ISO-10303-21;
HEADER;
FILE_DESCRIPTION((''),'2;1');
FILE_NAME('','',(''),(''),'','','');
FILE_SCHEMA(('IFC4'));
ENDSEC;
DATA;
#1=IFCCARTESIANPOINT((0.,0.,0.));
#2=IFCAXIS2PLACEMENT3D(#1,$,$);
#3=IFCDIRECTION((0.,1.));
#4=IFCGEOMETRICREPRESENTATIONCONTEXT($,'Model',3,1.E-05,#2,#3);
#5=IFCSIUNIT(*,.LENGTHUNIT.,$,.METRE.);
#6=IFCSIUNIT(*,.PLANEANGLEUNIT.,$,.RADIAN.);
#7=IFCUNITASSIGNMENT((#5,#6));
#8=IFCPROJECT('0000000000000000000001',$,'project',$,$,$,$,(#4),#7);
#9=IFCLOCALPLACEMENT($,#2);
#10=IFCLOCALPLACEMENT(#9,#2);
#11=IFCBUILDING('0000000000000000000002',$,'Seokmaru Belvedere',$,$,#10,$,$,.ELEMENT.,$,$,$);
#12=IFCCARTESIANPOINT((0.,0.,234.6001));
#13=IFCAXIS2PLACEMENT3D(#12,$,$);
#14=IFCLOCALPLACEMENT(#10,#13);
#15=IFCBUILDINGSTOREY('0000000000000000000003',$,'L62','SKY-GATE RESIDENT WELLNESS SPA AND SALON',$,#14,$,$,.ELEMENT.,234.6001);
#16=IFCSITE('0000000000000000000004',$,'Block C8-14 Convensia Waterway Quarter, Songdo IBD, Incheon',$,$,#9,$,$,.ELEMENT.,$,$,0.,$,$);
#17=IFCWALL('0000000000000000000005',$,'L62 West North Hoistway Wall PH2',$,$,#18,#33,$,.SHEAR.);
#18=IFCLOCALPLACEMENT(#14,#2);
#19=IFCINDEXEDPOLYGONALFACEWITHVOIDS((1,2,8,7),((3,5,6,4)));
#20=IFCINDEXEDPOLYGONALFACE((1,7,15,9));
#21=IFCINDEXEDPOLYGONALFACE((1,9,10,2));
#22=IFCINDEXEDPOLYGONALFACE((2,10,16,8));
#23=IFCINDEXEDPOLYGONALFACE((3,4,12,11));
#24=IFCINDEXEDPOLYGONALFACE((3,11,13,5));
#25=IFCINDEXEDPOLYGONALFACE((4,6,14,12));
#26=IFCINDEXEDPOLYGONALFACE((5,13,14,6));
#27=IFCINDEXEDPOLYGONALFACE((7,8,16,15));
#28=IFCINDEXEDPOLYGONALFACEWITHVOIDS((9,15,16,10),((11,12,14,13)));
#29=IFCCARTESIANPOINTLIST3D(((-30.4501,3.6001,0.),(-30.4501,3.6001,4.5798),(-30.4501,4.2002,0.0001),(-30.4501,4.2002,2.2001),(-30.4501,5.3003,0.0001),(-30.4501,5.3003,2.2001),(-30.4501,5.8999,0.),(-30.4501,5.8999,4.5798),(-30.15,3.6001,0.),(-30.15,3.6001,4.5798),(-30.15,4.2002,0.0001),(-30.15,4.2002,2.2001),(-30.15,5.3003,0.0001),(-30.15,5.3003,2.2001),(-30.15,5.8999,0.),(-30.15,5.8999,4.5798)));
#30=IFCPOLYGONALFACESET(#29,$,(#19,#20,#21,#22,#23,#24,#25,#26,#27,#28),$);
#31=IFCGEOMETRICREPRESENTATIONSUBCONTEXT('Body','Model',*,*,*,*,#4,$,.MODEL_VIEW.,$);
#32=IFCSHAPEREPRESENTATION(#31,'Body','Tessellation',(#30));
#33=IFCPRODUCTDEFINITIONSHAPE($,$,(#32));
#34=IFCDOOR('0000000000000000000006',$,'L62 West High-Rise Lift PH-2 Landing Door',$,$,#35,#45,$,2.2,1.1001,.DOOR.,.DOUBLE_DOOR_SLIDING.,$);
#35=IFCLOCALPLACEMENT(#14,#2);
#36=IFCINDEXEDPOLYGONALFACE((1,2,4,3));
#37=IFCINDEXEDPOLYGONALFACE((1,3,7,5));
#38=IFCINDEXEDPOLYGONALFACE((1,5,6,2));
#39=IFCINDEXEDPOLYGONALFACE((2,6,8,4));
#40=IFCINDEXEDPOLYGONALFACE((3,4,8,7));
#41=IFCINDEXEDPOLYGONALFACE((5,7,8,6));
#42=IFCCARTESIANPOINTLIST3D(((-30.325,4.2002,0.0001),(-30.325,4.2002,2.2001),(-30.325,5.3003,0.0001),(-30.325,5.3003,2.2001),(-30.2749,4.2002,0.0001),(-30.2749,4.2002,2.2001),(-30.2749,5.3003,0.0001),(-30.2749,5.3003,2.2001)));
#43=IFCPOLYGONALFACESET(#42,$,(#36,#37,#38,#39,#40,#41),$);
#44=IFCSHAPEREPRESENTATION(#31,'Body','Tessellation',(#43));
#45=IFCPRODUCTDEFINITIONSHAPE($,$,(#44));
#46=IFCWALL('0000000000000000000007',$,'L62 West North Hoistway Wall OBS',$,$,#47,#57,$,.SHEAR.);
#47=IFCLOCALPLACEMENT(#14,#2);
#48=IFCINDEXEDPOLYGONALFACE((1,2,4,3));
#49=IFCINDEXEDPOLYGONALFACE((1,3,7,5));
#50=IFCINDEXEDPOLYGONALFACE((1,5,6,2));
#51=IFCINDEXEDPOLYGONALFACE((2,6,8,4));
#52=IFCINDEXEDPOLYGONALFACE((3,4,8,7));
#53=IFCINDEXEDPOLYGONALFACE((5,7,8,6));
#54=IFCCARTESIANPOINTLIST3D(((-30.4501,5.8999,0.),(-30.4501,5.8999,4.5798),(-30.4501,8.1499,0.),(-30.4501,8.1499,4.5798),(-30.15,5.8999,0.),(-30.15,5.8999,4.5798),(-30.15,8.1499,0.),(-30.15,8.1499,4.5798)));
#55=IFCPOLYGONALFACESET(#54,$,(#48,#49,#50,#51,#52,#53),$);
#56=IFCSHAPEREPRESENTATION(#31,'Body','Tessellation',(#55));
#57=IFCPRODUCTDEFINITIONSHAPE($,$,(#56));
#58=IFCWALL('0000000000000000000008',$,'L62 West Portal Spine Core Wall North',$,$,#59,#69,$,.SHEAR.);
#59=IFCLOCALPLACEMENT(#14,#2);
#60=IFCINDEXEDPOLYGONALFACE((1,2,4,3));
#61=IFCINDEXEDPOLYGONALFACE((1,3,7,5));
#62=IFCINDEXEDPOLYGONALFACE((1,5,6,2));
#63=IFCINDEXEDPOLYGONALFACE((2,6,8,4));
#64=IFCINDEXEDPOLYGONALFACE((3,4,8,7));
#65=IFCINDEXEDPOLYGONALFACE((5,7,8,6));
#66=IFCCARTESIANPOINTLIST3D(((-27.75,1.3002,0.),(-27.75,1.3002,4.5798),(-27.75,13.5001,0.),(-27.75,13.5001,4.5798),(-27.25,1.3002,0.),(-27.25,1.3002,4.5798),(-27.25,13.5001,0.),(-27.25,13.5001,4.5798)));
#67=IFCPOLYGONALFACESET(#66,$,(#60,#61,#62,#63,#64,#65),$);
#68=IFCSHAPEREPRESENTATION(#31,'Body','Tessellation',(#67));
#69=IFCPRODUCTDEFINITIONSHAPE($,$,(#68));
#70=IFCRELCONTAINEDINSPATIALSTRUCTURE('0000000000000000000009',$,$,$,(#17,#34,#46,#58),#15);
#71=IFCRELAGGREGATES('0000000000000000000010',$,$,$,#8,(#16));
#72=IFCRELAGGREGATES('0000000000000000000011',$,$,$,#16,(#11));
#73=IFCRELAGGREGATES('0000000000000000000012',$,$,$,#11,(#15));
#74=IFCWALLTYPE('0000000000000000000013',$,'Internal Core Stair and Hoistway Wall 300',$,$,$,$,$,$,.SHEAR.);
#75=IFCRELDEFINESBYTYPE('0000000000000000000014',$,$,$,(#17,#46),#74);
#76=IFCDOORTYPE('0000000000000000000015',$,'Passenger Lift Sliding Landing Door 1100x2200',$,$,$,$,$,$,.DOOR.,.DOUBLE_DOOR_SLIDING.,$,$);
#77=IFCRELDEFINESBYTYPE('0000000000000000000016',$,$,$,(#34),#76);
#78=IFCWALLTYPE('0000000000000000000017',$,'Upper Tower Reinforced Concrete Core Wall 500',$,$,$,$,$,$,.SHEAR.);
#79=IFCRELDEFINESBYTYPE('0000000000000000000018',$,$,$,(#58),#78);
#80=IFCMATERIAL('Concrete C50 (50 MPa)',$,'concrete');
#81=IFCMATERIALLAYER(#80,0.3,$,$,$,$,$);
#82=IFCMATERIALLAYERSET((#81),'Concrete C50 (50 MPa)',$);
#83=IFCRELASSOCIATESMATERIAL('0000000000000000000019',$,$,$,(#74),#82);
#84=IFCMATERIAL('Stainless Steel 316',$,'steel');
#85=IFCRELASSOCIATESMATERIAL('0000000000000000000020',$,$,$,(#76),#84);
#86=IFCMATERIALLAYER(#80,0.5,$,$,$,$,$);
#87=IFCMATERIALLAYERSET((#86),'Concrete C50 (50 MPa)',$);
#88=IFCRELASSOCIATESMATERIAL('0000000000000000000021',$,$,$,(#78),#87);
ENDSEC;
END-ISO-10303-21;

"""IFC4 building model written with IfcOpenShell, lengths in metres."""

from ifc_helpers import new_model, si_unit, direction, frame, frame_2d, origin, place, context, subcontext, project, spatial, rectangle, extrude, source, transform, mapped, material, layer, layer_set, type_object, type_shapes, element, fill, save


model = new_model("IFC4")

# Units and contexts
model_context = context("Model", 3, precision=1e-05, world=origin(), true_north=direction((0.0, 1.0)))
body_context = subcontext(model_context, "Body", "Model", "MODEL_VIEW")
ifc_project = project(units=[si_unit("LENGTHUNIT", "METRE"), si_unit("PLANEANGLEUNIT", "RADIAN")], contexts=[model_context])

# Site, building, storey
site_placement = place(None, origin())
site = spatial("IfcSite", under=ifc_project, at=site_placement, Name="Block C8-14 Convensia Waterway Quarter, Songdo IBD, Incheon", CompositionType="ELEMENT", RefElevation=0.0)
building_placement = place(site_placement, origin())
building = spatial("IfcBuilding", under=site, at=building_placement, Name="Seokmaru Belvedere", CompositionType="ELEMENT")
storey_placement = place(building_placement, frame((0.0, 0.0, 234.6001)))
storey = spatial("IfcBuildingStorey", under=building, at=storey_placement, Name="L62", Description="SKY-GATE RESIDENT WELLNESS SPA AND SALON", CompositionType="ELEMENT", Elevation=234.6001)

# Shared definitions
ifc_material_1 = material(Name="Concrete C50 (50 MPa)", Category="concrete")

# Wall, opening, door
ifc_layer_1 = layer(ifc_material_1, 0.3)
ifc_layer_set_1 = layer_set([ifc_layer_1], Name="Concrete C50 (50 MPa)")
wall_type_1 = type_object("IfcWallType", Name="Internal Core Stair and Hoistway Wall 300", PredefinedType="SHEAR", material=ifc_layer_set_1)
ifc_material_2 = material(Name="Stainless Steel 316", Category="steel")
door_type_1 = type_object("IfcDoorType", Name="Passenger Lift Sliding Landing Door 1100x2200", OperationType="DOUBLE_DOOR_SLIDING", PredefinedType="DOOR", material=ifc_material_2)
shared_shape_1 = source(origin(), body_context, "Body", "SweptSolid", [
    extrude(rectangle(XDim=1.1001, YDim=2.2, at=frame_2d((0.55, 1.1001))), frame((0.0, 0.0249, 0.0), z_axis=(0.0, -1.0, 0.0), x_axis=(1.0, 0.0, 0.0)), (0.0, 0.0, 1.0), 0.05),
])
type_shapes(door_type_1, [shared_shape_1])
wall_1_placement = place(storey_placement, frame((-30.3, 3.6001, 0.0), z_axis=(0.0, 0.0, 1.0), x_axis=(0.0, 1.0, 0.0)))
wall_1 = element("IfcWall", 1, at=wall_1_placement, inside=storey, type_object=wall_type_1, Name="L62 West North Hoistway Wall PH2", PredefinedType="SHEAR", context=body_context, shape_type="SweptSolid", body=[
    extrude(rectangle(XDim=2.2998, YDim=0.3, at=frame_2d((1.1499, 0.0))), origin(), (0.0, 0.0, 1.0), 4.5798),
])
opening_1_placement = place(wall_1_placement, frame((0.6001, 0.0, 0.0)))
opening_1 = element("IfcOpeningElement", 2, at=opening_1_placement, cuts=wall_1, PredefinedType="OPENING", context=body_context, shape_type="SweptSolid", body=[
    extrude(rectangle(XDim=1.1001, YDim=2.2, at=frame_2d((0.55, 1.1001))), frame((0.0, 0.1602, 0.0), z_axis=(0.0, -1.0, 0.0), x_axis=(1.0, 0.0, 0.0)), (0.0, 0.0, 1.0), 0.3201),
])
door_1_placement = place(opening_1_placement, origin())
door_1 = element("IfcDoor", 3, at=door_1_placement, inside=storey, type_object=door_type_1, Name="L62 West High-Rise Lift PH-2 Landing Door", OperationType="DOUBLE_DOOR_SLIDING", OverallHeight=2.2, OverallWidth=1.1001, PredefinedType="DOOR", context=body_context, shape_type="MappedRepresentation", body=[
    mapped(shared_shape_1, transform((0.0, 0.0, 0.0), scale=1.0)),
])
fill(opening_1, door_1)

# Walls
wall_2_placement = place(storey_placement, frame((-30.3, 5.8999, 0.0), z_axis=(0.0, 0.0, 1.0), x_axis=(0.0, 1.0, 0.0)))
element("IfcWall", 4, at=wall_2_placement, inside=storey, type_object=wall_type_1, Name="L62 West North Hoistway Wall OBS", PredefinedType="SHEAR", context=body_context, shape_type="SweptSolid", body=[
    extrude(rectangle(XDim=2.25, YDim=0.3, at=frame_2d((1.125, 0.0))), origin(), (0.0, 0.0, 1.0), 4.5798),
])
ifc_layer_2 = layer(ifc_material_1, 0.5)
ifc_layer_set_2 = layer_set([ifc_layer_2], Name="Concrete C50 (50 MPa)")
wall_type_2 = type_object("IfcWallType", Name="Upper Tower Reinforced Concrete Core Wall 500", PredefinedType="SHEAR", material=ifc_layer_set_2)
wall_3_placement = place(storey_placement, frame((-27.5, 1.3, 0.0), z_axis=(0.0, 0.0, 1.0), x_axis=(0.0, 1.0, 0.0)))
element("IfcWall", 5, at=wall_3_placement, inside=storey, type_object=wall_type_2, Name="L62 West Portal Spine Core Wall North", PredefinedType="SHEAR", context=body_context, shape_type="SweptSolid", body=[
    extrude(rectangle(XDim=12.2, YDim=0.5, at=frame_2d((6.1001, 0.0))), origin(), (0.0, 0.0, 1.0), 4.5798),
])

save(model, "model.ifc")
